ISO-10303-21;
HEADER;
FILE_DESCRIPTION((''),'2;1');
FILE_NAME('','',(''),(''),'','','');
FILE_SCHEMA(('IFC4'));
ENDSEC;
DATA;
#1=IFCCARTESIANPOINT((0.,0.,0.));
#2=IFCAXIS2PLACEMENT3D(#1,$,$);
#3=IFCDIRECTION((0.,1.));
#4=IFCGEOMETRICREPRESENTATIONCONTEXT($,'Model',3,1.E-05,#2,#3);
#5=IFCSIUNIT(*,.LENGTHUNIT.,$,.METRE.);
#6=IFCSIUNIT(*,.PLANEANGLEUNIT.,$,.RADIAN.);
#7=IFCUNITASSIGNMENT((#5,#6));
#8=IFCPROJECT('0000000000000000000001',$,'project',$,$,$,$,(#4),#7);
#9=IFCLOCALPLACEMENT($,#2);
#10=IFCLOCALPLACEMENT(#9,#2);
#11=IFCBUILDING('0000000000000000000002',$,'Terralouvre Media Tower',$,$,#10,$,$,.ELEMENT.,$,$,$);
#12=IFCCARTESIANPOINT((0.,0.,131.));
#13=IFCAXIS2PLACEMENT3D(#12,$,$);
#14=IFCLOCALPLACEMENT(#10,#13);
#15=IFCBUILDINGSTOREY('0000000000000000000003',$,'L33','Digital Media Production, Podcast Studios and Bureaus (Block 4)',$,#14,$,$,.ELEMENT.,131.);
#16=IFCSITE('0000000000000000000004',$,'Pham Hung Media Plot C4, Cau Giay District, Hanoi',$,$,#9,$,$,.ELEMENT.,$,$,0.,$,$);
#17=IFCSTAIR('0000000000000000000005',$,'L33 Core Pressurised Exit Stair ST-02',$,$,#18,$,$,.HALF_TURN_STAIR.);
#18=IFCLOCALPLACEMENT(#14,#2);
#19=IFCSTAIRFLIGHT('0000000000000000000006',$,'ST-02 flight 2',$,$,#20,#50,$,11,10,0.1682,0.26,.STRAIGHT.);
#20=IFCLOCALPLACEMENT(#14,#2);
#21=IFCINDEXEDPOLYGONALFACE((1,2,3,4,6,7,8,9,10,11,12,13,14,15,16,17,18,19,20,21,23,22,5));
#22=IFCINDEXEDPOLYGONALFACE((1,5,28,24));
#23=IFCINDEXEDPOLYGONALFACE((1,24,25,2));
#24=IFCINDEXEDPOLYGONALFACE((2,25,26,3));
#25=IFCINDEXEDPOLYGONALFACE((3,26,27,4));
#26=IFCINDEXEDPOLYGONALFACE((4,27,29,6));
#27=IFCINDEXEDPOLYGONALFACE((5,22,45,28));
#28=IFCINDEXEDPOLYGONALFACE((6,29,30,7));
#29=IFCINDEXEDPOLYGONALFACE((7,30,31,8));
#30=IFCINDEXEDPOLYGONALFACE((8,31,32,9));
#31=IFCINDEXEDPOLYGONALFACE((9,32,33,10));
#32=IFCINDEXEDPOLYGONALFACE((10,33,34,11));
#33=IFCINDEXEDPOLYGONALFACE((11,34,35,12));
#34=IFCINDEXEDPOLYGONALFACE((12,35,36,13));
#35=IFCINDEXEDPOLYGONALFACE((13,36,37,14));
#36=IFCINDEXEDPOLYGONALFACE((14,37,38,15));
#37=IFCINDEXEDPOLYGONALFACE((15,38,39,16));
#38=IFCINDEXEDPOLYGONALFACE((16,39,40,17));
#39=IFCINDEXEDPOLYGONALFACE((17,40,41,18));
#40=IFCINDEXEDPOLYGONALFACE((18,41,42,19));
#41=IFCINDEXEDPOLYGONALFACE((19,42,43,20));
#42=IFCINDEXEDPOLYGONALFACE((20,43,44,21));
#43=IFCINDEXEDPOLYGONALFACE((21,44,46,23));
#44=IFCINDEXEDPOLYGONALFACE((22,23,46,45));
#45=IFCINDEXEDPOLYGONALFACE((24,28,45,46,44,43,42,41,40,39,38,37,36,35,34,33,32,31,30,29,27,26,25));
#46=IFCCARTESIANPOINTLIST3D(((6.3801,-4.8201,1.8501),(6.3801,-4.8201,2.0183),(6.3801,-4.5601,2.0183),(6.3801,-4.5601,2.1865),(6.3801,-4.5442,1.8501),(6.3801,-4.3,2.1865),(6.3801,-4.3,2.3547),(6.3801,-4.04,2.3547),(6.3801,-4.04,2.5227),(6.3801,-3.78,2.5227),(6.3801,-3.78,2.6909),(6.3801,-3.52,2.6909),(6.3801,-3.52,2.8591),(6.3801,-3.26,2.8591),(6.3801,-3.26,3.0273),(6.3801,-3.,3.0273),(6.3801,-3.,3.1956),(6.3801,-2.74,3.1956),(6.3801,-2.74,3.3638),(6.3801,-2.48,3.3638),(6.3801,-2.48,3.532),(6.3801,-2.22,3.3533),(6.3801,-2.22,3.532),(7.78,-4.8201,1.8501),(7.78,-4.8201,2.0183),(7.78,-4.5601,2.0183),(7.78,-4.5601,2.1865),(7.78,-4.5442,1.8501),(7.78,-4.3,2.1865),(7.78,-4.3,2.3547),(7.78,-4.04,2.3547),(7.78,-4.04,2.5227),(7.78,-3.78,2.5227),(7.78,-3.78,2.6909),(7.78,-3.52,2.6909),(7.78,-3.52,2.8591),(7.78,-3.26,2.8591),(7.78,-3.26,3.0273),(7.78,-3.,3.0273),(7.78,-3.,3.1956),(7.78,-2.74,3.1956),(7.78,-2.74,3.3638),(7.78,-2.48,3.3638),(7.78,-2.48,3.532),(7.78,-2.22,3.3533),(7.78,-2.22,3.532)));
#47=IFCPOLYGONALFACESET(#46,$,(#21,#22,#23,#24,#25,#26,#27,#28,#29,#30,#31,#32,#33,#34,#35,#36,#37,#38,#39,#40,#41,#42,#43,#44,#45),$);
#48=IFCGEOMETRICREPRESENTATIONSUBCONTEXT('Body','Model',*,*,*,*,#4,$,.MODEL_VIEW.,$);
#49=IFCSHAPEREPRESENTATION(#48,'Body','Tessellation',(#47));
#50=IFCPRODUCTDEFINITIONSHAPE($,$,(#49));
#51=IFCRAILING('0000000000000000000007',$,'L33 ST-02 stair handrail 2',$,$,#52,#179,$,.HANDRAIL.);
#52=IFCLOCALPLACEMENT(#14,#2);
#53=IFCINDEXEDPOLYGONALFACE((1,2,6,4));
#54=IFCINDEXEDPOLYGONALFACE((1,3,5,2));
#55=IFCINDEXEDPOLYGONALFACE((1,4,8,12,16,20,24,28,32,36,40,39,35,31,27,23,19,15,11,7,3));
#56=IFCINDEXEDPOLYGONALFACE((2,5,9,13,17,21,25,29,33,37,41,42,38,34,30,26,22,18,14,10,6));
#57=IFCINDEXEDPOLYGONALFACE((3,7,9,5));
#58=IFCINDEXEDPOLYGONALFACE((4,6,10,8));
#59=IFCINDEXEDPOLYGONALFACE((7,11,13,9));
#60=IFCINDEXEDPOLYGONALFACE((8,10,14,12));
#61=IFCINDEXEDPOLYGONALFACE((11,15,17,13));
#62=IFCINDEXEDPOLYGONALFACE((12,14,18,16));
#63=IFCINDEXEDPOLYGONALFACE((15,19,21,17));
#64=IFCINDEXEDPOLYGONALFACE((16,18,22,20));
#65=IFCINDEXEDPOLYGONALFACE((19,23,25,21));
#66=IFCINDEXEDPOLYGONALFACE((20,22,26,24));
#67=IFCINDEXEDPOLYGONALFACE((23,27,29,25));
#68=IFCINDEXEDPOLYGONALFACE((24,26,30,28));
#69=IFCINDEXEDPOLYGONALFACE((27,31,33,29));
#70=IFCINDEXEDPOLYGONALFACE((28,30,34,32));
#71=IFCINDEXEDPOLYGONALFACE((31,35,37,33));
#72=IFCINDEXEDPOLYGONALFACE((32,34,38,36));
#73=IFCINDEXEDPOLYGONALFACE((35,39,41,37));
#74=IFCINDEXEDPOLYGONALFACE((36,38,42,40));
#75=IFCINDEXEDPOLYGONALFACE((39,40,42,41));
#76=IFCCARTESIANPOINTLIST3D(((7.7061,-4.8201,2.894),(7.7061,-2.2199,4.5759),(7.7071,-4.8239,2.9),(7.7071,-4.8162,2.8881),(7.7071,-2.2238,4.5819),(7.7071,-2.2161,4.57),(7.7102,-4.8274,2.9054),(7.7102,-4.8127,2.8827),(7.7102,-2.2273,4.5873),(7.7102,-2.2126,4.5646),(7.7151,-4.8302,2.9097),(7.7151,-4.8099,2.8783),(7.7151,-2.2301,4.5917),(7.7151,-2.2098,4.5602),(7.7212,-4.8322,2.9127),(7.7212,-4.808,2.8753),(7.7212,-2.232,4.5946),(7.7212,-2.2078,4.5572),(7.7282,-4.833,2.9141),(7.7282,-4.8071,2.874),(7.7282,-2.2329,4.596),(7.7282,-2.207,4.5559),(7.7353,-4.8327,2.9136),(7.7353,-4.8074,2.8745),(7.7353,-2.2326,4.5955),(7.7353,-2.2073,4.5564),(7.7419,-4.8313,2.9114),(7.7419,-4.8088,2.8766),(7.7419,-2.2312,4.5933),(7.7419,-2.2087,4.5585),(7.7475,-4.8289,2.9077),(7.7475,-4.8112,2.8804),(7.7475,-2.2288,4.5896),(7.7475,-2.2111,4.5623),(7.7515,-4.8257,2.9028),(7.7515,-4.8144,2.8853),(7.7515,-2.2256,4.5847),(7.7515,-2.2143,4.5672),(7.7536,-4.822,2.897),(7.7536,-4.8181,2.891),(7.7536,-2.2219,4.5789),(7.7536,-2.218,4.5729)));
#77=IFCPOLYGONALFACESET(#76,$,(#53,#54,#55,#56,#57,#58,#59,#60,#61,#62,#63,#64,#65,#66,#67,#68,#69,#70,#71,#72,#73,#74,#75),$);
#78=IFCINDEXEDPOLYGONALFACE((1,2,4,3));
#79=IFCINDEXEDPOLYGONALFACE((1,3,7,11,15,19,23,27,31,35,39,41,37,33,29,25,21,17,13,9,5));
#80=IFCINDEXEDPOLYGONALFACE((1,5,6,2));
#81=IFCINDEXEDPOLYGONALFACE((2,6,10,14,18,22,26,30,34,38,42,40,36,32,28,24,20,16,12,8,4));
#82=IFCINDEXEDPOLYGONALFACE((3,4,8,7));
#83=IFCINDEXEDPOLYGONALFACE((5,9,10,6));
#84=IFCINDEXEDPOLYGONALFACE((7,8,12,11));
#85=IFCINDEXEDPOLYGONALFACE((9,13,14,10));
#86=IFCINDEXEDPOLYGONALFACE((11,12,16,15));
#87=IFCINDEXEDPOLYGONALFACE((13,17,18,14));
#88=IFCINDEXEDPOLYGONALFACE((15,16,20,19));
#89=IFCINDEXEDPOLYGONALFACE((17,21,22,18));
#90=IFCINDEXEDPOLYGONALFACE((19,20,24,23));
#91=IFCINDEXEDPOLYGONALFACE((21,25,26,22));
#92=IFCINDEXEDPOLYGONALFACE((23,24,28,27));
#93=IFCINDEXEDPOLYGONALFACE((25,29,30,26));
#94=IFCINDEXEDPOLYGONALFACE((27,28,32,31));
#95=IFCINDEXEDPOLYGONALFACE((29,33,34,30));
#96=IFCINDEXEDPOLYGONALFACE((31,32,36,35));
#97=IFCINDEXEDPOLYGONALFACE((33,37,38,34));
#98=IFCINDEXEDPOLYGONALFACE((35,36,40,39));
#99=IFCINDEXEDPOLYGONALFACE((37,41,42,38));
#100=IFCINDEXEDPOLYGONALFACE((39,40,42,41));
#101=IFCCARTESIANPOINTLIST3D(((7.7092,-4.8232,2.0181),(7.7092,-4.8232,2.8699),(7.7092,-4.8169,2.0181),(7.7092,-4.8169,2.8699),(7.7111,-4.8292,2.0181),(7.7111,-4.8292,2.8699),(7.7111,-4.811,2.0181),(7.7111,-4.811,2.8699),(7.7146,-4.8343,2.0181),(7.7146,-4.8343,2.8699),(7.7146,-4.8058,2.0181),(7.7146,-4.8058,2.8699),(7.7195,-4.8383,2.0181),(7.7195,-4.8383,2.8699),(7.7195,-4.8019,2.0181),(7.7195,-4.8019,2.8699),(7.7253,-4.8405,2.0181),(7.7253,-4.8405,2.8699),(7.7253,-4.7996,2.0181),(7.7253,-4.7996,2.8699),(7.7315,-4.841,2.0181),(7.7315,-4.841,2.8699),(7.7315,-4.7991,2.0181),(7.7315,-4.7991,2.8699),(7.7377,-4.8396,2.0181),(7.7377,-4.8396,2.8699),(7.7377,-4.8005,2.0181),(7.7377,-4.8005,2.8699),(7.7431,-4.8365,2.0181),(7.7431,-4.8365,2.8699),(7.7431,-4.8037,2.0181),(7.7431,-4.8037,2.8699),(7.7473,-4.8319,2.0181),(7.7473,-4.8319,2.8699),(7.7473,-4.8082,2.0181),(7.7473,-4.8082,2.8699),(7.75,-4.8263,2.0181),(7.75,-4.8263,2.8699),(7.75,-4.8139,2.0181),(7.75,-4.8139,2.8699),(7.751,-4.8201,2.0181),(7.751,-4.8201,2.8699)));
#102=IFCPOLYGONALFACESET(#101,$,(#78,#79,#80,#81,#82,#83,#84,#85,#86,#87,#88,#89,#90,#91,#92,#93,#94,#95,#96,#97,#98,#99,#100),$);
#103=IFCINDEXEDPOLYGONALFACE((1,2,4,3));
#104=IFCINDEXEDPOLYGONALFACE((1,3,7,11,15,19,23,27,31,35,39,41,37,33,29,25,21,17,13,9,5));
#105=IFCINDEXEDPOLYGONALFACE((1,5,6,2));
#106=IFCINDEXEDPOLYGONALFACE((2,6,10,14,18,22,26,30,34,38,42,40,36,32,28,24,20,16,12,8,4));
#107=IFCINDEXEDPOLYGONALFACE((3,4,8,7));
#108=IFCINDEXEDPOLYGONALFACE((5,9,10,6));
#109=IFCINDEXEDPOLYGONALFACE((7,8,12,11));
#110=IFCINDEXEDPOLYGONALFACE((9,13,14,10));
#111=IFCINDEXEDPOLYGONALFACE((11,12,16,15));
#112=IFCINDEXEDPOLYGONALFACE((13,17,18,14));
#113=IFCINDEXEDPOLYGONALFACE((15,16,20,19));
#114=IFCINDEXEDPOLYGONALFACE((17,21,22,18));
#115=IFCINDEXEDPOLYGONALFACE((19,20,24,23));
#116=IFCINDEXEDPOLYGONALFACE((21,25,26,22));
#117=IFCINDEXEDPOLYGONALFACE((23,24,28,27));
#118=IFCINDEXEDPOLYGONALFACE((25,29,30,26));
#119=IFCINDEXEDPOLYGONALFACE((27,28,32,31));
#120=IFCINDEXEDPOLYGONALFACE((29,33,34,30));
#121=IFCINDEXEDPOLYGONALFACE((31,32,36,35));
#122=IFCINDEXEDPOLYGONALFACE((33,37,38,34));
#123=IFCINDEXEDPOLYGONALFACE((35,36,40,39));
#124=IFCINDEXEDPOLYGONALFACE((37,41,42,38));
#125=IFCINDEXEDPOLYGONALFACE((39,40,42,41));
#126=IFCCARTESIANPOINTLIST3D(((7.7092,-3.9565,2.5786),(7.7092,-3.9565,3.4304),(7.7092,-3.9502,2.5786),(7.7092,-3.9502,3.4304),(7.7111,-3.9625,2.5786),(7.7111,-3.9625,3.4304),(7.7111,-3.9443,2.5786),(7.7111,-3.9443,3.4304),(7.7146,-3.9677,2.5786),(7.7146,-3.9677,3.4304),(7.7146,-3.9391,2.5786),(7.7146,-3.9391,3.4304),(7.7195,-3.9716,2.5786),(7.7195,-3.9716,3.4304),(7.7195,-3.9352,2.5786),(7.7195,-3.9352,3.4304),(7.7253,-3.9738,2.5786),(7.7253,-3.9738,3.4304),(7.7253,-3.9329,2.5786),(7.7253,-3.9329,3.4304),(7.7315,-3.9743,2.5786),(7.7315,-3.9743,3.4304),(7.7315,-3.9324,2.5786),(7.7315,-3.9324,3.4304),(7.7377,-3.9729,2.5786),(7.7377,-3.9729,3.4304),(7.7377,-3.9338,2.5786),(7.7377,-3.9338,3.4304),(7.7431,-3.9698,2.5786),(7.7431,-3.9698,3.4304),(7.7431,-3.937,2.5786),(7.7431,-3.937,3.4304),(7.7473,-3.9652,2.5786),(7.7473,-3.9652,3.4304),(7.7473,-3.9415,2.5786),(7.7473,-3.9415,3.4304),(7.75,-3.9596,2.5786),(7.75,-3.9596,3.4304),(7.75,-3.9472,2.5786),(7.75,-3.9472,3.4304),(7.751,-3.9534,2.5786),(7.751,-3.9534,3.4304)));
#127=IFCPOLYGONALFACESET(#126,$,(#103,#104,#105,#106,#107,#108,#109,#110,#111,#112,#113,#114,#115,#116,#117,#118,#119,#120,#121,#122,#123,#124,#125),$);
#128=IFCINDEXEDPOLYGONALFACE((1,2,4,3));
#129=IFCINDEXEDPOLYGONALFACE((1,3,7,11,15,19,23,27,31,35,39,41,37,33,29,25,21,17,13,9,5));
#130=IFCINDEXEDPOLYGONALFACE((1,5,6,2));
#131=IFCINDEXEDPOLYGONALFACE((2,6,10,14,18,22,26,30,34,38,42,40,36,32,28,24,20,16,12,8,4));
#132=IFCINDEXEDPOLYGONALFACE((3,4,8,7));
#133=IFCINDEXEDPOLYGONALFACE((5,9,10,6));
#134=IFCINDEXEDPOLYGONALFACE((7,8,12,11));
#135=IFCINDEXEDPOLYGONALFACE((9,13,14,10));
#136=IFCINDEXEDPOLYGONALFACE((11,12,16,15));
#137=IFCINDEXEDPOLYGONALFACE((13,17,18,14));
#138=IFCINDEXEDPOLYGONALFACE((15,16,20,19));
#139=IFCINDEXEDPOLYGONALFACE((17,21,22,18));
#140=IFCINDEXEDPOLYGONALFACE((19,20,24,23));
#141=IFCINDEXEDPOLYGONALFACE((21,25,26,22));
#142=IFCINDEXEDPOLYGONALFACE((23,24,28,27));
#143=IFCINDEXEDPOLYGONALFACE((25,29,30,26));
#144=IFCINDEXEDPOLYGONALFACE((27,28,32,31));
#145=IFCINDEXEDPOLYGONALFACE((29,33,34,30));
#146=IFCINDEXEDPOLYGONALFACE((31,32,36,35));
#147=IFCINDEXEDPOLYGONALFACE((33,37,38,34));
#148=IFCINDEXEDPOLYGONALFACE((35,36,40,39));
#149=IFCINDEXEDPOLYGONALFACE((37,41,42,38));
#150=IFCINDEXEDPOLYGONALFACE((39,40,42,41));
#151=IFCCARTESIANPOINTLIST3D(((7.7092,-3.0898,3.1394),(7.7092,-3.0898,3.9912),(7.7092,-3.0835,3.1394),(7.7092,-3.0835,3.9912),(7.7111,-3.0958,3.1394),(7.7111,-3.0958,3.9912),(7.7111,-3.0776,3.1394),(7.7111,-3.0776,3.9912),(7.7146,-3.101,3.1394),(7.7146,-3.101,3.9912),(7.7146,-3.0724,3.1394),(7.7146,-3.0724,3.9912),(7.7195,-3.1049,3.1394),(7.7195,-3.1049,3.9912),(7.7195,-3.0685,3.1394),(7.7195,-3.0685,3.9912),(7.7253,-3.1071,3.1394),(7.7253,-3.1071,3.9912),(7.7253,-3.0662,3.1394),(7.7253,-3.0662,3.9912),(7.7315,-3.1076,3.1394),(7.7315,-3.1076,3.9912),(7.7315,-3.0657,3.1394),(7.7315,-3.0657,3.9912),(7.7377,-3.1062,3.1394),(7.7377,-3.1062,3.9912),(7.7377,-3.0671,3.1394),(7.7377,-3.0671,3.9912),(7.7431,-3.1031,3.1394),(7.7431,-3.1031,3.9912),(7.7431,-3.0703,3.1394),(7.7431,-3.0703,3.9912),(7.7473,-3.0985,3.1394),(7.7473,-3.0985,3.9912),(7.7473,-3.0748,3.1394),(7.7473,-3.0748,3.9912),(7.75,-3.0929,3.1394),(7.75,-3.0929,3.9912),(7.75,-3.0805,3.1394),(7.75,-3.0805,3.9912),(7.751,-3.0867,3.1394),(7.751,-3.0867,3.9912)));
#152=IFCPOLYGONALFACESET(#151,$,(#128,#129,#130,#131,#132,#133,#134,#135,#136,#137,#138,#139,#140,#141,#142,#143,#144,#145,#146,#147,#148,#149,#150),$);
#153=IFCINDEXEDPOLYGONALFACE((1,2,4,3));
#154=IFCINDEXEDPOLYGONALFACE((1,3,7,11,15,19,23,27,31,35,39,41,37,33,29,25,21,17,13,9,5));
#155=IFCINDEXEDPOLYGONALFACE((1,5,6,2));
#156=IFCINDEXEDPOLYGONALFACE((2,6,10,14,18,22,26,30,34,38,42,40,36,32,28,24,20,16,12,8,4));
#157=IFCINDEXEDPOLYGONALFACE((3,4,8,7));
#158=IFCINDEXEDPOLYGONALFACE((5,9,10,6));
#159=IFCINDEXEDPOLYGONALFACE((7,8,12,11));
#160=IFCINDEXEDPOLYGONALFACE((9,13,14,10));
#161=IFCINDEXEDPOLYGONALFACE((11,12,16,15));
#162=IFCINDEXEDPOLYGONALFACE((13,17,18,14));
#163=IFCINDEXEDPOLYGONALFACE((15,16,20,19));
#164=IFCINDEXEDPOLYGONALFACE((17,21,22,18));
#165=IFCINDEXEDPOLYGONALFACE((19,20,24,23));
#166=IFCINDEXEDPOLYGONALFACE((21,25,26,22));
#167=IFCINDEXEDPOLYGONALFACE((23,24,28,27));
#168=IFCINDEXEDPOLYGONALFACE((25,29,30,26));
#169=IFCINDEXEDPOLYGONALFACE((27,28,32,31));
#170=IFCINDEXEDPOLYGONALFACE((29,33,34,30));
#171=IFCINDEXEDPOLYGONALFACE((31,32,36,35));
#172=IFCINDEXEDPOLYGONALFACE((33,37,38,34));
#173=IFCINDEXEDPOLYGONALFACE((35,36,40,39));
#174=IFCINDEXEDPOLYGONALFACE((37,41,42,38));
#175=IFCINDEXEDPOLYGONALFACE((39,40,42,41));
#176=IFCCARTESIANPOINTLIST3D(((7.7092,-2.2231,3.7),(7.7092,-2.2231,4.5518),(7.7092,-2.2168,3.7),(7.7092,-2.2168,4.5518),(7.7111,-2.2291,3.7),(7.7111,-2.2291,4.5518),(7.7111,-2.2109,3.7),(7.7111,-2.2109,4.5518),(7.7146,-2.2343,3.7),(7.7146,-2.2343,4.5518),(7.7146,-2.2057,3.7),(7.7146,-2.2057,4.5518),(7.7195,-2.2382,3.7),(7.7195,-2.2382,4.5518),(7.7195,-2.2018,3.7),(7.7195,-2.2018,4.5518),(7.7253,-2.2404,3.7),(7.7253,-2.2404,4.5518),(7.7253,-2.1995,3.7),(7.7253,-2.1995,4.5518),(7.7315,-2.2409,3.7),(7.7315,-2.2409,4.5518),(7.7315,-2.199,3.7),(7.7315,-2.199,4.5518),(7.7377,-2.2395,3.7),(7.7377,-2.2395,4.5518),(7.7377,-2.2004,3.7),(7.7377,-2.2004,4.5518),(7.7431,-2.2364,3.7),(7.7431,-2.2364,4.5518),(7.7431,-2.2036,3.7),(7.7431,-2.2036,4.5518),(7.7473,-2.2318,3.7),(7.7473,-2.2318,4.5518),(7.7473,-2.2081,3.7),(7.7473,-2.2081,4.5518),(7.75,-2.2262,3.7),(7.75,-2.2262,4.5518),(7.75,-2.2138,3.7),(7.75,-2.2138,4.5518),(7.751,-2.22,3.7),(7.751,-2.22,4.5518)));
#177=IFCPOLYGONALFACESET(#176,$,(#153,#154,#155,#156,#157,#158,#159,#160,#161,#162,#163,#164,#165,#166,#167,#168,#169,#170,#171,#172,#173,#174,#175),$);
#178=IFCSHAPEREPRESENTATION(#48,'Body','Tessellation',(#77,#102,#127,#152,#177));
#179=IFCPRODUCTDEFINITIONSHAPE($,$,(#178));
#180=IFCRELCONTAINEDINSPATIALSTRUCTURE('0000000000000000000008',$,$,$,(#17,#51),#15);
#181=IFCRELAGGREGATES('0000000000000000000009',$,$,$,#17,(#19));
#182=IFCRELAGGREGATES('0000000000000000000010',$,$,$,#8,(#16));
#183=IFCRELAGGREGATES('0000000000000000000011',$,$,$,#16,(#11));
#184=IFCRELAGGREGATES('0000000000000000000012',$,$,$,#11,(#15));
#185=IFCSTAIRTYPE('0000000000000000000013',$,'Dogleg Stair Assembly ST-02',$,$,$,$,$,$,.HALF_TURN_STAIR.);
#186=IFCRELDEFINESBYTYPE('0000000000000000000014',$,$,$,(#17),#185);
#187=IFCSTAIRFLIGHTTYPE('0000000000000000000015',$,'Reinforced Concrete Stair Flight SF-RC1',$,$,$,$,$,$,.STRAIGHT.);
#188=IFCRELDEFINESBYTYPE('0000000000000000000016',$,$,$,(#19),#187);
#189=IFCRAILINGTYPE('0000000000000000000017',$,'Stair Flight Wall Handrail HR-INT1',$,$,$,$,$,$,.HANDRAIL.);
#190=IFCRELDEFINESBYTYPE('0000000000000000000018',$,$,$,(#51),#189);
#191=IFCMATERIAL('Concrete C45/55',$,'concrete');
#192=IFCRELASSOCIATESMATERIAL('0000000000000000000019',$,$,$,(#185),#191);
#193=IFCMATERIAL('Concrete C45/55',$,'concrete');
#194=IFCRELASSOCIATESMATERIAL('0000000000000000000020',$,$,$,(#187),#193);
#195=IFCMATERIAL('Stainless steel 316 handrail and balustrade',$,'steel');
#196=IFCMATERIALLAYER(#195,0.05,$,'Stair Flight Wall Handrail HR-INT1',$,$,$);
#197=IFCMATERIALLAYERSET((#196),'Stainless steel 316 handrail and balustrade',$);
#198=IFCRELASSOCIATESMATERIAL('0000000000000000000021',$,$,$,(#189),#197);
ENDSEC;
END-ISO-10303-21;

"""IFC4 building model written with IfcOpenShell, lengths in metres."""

from ifc_helpers import new_model, si_unit, direction, frame, origin, origin_2d, place, context, subcontext, project, spatial, polyline, circle, outline, extrude, material, layer, layer_set, type_object, element, aggregate, save


model = new_model("IFC4")

# Units and contexts
model_context = context("Model", 3, precision=1e-05, world=origin(), true_north=direction((0.0, 1.0)))
body_context = subcontext(model_context, "Body", "Model", "MODEL_VIEW")
ifc_project = project(units=[si_unit("LENGTHUNIT", "METRE"), si_unit("PLANEANGLEUNIT", "RADIAN")], contexts=[model_context])

# Site, building, storey
site_placement = place(None, origin())
site = spatial("IfcSite", under=ifc_project, at=site_placement, Name="Pham Hung Media Plot C4, Cau Giay District, Hanoi", CompositionType="ELEMENT", RefElevation=0.0)
building_placement = place(site_placement, origin())
building = spatial("IfcBuilding", under=site, at=building_placement, Name="Terralouvre Media Tower", CompositionType="ELEMENT")
storey_placement = place(building_placement, frame((0.0, 0.0, 131.0)))
storey = spatial("IfcBuildingStorey", under=building, at=storey_placement, Name="L33", Description="Digital Media Production, Podcast Studios and Bureaus (Block 4)", CompositionType="ELEMENT", Elevation=131.0)

# Stair, stair flight
ifc_material_1 = material(Name="Concrete C45/55", Category="concrete")
stair_type = type_object("IfcStairType", Name="Dogleg Stair Assembly ST-02", PredefinedType="HALF_TURN_STAIR", material=ifc_material_1)
stair_placement = place(storey_placement, origin())
stair = element("IfcStair", 1, at=stair_placement, inside=storey, type_object=stair_type, Name="L33 Core Pressurised Exit Stair ST-02", PredefinedType="HALF_TURN_STAIR")
ifc_material_2 = material(Name="Concrete C45/55", Category="concrete")
stair_flight_type = type_object("IfcStairFlightType", Name="Reinforced Concrete Stair Flight SF-RC1", PredefinedType="STRAIGHT", material=ifc_material_2)
stair_flight_1_placement = place(storey_placement, frame((7.0801, -4.8201, 1.8501), z_axis=(0.0, 0.0, 1.0), x_axis=(0.0, 1.0, 0.0)))
stair_flight_1 = element("IfcStairFlight", 2, at=stair_flight_1_placement, type_object=stair_flight_type, Name="ST-02 flight 2", NumberOfRisers=11, NumberOfTreads=10, PredefinedType="STRAIGHT", RiserHeight=0.1682, TreadLength=0.26, context=body_context, shape_type="SweptSolid", body=[
    extrude(outline(polyline([(0.0, 0.0), (0.0, 0.1682), (0.26, 0.1682), (0.26, 0.3364), (0.52, 0.3364), (0.52, 0.5046), (0.78, 0.5046), (0.78, 0.6726), (1.04, 0.6726), (1.04, 0.8408), (1.3, 0.8408), (1.3, 1.009), (1.5601, 1.009), (1.5601, 1.1772), (1.8201, 1.1772), (1.8201, 1.3455), (2.0801, 1.3455), (2.0801, 1.5137), (2.3401, 1.5137), (2.3401, 1.6819), (2.6001, 1.6819), (2.6001, 1.8501), (2.6001, 1.5032), (0.2759, 0.0), (0.0, 0.0)])), frame((0.0, 0.7, 0.0), z_axis=(0.0, -1.0, 0.0), x_axis=(1.0, 0.0, 0.0)), (0.0, 0.0, 1.0), 1.3999),
])
aggregate(stair, [stair_flight_1])

# Railing
ifc_material_3 = material(Name="Stainless steel 316 handrail and balustrade", Category="steel")
ifc_layer_1 = layer(ifc_material_3, 0.05, Name="Stair Flight Wall Handrail HR-INT1")
ifc_layer_set_1 = layer_set([ifc_layer_1], Name="Stainless steel 316 handrail and balustrade")
railing_type_1 = type_object("IfcRailingType", Name="Stair Flight Wall Handrail HR-INT1", PredefinedType="HANDRAIL", material=ifc_layer_set_1)
railing_1_placement = place(storey_placement, frame((7.73, -4.8201, 2.0181)))
element("IfcRailing", 3, at=railing_1_placement, inside=storey, type_object=railing_type_1, Name="L33 ST-02 stair handrail 2", PredefinedType="HANDRAIL", context=body_context, shape_type="SweptSolid", body=[
    extrude(circle(Radius=0.0239, at=origin_2d()), frame((0.0, 0.0, 0.876), z_axis=(0.0, 0.839648, 0.54313), x_axis=(-1.0, 0.0, 0.0)), (0.0, 0.0, 1.0), 3.0967),
    extrude(circle(Radius=0.021, at=origin_2d()), origin(), (0.0, 0.0, 1.0), 0.8518),
    extrude(circle(Radius=0.021, at=origin_2d()), frame((0.0, 0.8667, 0.5605)), (0.0, 0.0, 1.0), 0.8518),
    extrude(circle(Radius=0.021, at=origin_2d()), frame((0.0, 1.7334, 1.1213)), (0.0, 0.0, 1.0), 0.8518),
    extrude(circle(Radius=0.021, at=origin_2d()), frame((0.0, 2.6001, 1.6819)), (0.0, 0.0, 1.0), 0.8518),
])

save(model, "model.ifc")
